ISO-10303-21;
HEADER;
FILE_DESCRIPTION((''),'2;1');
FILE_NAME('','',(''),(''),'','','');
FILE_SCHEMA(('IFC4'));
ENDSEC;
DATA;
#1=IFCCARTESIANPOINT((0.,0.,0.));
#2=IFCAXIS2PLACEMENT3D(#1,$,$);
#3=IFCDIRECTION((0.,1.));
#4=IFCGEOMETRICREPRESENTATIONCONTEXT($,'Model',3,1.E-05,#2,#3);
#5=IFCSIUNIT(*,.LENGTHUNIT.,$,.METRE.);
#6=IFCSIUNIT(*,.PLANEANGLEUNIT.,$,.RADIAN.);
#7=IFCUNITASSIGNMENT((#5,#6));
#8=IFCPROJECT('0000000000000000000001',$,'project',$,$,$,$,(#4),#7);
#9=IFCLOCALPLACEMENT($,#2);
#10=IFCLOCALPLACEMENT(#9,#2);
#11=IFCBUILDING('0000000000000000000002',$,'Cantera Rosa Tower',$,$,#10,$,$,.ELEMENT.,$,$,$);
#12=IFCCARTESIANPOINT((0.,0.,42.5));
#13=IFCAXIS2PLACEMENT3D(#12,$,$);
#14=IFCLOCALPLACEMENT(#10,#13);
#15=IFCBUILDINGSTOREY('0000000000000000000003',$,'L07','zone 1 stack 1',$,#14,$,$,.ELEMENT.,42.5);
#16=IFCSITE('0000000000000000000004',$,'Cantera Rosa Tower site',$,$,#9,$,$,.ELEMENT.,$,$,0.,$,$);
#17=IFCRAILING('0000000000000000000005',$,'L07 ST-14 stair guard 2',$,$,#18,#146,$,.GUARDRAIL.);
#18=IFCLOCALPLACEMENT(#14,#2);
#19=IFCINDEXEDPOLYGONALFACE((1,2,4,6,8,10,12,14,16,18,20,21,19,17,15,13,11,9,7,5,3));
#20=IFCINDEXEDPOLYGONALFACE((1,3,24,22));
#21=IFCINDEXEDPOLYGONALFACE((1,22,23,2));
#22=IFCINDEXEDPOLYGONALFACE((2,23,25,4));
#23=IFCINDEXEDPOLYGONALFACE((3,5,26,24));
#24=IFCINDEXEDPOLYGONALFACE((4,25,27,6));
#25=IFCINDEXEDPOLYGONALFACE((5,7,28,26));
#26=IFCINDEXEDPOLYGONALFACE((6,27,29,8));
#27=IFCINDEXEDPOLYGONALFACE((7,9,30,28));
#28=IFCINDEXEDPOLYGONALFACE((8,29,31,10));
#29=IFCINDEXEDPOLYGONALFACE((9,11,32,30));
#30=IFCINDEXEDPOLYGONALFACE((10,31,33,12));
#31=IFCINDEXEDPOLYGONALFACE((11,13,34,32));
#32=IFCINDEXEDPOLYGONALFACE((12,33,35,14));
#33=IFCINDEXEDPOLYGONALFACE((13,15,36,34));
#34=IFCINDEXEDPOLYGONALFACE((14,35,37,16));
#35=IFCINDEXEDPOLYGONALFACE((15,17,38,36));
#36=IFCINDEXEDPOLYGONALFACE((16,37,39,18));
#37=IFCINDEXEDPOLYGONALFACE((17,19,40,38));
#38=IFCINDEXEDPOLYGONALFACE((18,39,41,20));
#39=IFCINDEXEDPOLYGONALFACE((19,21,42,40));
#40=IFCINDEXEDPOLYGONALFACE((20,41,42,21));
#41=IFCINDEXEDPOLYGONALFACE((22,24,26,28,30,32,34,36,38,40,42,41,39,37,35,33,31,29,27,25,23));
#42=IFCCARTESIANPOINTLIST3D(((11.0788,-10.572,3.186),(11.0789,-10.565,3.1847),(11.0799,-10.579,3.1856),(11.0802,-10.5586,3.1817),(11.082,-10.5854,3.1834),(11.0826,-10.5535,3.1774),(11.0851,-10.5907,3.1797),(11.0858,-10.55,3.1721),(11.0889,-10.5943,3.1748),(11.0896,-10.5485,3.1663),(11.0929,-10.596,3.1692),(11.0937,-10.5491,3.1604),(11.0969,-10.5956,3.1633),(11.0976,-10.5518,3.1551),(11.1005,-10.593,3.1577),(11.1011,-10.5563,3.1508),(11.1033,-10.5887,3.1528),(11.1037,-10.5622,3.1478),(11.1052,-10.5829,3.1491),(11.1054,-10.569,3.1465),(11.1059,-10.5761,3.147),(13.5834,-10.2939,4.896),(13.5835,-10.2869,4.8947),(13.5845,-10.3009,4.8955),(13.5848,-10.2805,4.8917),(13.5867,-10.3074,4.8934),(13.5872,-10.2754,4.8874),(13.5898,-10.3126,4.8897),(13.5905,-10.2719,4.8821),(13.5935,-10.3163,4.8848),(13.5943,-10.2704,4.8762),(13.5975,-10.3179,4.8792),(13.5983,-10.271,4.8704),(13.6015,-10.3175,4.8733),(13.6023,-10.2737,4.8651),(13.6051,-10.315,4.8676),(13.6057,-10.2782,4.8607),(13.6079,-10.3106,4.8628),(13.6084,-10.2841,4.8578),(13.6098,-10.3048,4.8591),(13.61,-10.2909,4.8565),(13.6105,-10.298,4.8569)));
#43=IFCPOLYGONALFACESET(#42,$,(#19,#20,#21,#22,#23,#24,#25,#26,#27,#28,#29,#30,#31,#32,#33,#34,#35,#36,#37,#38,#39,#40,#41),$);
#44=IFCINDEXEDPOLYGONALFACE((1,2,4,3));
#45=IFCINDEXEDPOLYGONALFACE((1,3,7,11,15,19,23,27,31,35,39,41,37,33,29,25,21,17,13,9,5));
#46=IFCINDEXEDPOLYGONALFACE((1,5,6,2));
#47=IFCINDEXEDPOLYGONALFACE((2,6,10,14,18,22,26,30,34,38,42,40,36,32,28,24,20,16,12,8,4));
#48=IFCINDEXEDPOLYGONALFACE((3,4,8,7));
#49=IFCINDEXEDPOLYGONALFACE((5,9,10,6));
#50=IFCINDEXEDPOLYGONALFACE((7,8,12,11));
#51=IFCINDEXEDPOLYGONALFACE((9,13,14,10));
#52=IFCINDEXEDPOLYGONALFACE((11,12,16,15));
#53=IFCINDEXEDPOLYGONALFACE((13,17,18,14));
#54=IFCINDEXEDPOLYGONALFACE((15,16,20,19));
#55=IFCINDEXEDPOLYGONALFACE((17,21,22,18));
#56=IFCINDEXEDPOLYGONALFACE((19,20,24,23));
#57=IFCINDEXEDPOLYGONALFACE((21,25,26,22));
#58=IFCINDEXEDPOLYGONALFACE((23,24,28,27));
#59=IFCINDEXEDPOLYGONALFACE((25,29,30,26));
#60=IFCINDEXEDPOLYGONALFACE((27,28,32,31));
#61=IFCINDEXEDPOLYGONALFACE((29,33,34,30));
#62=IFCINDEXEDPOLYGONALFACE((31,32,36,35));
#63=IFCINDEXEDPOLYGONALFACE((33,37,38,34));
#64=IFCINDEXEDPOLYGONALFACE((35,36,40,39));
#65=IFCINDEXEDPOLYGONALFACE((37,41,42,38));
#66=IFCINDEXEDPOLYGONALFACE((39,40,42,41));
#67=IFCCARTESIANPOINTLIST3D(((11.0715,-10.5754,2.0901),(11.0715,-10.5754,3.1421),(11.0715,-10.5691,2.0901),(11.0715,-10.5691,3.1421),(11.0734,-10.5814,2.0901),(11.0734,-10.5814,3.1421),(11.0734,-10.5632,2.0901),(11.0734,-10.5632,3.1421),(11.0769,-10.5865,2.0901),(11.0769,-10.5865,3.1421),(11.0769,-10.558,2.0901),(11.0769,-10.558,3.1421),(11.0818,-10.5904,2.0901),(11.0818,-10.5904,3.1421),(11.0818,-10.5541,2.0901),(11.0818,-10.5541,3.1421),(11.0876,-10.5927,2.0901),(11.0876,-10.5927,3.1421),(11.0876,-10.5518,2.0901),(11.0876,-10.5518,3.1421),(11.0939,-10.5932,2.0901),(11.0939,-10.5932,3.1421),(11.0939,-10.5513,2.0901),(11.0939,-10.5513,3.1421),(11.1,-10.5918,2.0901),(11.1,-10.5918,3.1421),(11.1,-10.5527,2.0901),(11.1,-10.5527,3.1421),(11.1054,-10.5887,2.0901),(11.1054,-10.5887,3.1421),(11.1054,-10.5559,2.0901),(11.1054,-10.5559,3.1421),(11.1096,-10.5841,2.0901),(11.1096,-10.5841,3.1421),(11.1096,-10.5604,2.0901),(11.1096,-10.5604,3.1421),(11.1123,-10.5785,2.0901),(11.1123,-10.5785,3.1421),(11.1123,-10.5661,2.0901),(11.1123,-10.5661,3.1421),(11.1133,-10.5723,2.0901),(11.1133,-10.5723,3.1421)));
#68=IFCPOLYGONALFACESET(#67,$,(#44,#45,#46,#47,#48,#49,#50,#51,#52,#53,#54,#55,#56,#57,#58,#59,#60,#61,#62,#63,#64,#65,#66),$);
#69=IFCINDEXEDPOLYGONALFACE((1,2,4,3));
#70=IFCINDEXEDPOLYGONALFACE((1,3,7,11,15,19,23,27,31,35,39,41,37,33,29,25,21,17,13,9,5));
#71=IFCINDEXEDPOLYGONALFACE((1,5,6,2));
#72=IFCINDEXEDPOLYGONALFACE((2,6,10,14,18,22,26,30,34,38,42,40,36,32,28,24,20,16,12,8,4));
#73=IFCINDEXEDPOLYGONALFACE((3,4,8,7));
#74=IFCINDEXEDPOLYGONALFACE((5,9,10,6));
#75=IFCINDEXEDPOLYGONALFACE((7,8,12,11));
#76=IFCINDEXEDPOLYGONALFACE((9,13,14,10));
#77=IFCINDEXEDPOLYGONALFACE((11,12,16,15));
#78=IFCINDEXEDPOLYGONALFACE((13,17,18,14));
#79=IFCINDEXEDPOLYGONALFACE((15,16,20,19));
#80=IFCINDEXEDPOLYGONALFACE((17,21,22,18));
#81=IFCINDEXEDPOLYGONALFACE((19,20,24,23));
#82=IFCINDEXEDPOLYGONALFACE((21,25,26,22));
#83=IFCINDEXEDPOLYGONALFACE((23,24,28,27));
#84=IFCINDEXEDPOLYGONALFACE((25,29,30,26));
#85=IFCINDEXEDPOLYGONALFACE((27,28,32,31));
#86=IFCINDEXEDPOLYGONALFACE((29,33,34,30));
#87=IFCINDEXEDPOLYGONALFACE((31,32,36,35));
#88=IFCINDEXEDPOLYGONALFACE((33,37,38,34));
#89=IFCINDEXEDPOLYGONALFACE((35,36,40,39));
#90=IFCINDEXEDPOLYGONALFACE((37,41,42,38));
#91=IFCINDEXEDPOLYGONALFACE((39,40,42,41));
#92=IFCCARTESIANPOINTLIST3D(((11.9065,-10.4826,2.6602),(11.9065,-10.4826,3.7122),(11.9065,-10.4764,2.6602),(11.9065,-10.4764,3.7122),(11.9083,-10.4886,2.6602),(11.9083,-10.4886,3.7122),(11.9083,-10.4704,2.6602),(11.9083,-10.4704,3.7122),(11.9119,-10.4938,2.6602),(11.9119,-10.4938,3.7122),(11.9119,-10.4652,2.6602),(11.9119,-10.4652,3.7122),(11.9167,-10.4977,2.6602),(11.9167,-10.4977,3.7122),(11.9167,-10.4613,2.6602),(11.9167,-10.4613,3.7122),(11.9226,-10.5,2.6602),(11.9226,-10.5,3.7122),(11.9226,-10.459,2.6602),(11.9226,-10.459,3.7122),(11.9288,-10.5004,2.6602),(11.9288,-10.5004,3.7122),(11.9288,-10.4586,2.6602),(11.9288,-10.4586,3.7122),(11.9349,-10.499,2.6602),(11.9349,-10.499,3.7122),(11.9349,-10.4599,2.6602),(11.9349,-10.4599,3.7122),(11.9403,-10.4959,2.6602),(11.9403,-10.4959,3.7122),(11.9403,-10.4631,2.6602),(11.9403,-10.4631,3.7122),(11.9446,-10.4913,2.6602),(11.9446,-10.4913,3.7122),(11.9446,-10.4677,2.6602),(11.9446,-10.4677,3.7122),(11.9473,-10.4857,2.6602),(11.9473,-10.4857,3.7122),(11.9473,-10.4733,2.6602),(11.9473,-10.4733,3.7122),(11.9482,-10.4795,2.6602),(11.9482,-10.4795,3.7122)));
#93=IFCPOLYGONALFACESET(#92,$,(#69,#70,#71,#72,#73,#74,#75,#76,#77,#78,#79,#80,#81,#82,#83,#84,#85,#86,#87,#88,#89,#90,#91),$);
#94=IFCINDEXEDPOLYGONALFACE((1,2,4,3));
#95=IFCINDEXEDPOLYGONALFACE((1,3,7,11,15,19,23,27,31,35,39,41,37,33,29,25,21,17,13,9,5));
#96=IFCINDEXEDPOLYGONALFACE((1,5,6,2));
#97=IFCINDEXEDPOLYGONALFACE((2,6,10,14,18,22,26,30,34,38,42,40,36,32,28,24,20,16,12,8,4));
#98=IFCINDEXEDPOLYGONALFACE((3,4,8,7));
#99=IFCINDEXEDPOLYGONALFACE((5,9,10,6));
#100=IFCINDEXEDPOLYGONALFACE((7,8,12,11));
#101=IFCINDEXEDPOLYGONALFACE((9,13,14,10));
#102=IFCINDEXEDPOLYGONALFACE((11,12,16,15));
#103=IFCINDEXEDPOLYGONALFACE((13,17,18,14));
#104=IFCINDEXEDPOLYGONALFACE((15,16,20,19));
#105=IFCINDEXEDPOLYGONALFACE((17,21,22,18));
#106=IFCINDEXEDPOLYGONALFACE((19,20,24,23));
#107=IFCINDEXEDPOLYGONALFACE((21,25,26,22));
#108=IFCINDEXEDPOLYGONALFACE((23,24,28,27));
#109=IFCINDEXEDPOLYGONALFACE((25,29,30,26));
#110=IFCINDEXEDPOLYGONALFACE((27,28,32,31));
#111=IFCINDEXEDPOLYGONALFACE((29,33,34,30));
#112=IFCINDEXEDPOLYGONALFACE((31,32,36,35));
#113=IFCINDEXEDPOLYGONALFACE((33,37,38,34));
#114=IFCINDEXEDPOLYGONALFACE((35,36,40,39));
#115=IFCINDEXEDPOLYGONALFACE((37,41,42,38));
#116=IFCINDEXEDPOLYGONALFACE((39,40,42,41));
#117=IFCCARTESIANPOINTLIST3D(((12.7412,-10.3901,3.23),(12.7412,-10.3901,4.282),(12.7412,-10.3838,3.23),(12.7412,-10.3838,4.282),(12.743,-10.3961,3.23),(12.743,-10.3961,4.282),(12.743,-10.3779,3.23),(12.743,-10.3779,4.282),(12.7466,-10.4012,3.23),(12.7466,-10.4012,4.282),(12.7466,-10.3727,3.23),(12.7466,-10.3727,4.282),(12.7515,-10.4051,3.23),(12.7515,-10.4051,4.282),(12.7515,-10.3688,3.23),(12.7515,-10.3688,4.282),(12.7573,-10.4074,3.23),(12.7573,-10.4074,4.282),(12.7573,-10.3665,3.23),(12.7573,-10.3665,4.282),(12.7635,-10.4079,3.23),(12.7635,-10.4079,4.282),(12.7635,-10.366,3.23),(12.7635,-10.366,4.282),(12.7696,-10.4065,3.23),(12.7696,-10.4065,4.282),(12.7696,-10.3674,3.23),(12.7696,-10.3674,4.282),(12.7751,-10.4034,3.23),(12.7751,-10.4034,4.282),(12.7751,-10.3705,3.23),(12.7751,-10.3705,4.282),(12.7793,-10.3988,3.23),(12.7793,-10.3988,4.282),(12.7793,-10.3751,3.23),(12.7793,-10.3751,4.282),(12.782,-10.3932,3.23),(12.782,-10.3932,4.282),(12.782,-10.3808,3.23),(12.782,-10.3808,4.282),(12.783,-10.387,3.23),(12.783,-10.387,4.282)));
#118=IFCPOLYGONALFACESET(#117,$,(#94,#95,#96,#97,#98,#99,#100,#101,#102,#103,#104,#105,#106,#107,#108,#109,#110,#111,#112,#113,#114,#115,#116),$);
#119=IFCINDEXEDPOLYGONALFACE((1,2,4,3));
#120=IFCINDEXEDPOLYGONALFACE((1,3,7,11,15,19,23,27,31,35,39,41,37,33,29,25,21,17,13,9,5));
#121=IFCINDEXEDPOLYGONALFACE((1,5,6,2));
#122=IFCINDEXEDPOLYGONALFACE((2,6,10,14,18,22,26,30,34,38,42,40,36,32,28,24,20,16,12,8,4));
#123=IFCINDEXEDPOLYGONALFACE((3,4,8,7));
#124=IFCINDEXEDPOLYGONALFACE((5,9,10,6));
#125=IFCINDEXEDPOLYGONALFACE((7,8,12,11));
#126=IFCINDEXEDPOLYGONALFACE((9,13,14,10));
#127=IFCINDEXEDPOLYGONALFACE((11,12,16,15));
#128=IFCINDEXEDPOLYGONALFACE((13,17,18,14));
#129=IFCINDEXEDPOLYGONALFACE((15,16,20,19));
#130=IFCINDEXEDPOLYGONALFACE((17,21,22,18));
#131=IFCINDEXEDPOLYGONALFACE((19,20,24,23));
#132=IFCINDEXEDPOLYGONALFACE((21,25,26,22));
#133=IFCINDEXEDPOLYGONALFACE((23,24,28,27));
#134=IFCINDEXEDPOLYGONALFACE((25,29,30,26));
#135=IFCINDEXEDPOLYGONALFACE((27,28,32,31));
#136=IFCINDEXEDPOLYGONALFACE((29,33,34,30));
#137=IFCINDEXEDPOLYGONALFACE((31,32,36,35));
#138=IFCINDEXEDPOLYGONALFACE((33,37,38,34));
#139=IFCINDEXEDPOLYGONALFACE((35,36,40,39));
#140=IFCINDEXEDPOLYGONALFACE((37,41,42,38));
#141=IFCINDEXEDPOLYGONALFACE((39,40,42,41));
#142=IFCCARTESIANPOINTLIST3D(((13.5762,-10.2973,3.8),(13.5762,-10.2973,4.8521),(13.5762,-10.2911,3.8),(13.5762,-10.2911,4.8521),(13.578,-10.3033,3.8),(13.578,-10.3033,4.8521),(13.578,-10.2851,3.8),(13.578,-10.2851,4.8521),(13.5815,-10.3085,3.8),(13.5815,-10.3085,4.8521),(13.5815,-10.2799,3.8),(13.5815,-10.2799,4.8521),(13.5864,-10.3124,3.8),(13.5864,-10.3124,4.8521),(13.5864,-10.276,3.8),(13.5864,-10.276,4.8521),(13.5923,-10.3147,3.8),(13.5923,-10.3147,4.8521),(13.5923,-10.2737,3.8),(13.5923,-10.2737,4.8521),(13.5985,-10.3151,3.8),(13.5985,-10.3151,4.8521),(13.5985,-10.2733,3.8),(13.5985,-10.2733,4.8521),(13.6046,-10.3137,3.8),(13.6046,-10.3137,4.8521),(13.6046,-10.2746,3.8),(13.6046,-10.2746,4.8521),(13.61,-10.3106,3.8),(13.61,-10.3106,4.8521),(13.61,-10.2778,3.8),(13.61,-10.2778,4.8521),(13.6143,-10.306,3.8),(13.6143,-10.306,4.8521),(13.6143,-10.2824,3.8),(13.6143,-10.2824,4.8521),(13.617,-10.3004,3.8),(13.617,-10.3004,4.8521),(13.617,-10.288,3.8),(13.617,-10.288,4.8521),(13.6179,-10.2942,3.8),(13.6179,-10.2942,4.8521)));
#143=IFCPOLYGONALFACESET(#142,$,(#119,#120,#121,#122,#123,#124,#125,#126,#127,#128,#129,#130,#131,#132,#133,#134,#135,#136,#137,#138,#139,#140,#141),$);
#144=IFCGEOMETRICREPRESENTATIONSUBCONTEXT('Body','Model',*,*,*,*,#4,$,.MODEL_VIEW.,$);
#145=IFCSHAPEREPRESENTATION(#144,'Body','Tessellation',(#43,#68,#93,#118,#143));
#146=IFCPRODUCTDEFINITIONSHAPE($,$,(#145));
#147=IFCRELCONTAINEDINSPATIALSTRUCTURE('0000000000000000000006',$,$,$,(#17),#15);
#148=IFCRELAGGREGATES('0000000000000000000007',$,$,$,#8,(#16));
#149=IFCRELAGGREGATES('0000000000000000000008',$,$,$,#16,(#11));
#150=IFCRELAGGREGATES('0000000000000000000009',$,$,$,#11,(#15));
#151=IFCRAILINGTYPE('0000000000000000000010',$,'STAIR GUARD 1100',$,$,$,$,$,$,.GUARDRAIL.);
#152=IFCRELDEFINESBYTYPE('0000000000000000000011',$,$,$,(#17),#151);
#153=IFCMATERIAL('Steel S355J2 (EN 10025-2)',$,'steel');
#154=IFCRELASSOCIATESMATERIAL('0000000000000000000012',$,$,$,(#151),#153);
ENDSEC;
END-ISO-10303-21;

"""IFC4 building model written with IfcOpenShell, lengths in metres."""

from ifc_helpers import new_model, si_unit, direction, frame, origin, origin_2d, place, context, subcontext, project, spatial, circle, extrude, material, type_object, element, save


model = new_model("IFC4")

# Units and contexts
model_context = context("Model", 3, precision=1e-05, world=origin(), true_north=direction((0.0, 1.0)))
body_context = subcontext(model_context, "Body", "Model", "MODEL_VIEW")
ifc_project = project(units=[si_unit("LENGTHUNIT", "METRE"), si_unit("PLANEANGLEUNIT", "RADIAN")], contexts=[model_context])

# Site, building, storey
site_placement = place(None, origin())
site = spatial("IfcSite", under=ifc_project, at=site_placement, Name="Cantera Rosa Tower site", CompositionType="ELEMENT", RefElevation=0.0)
building_placement = place(site_placement, origin())
building = spatial("IfcBuilding", under=site, at=building_placement, Name="Cantera Rosa Tower", CompositionType="ELEMENT")
storey_placement = place(building_placement, frame((0.0, 0.0, 42.5)))
storey = spatial("IfcBuildingStorey", under=building, at=storey_placement, Name="L07", Description="zone 1 stack 1", CompositionType="ELEMENT", Elevation=42.5)

# Railing
ifc_material_1 = material(Name="Steel S355J2 (EN 10025-2)", Category="steel")
railing_type_1 = type_object("IfcRailingType", Name="STAIR GUARD 1100", PredefinedType="GUARDRAIL", material=ifc_material_1)
railing_1_placement = place(storey_placement, frame((11.0923, -10.5723, 2.0901)))
element("IfcRailing", 1, at=railing_1_placement, inside=storey, type_object=railing_type_1, Name="L07 ST-14 stair guard 2", PredefinedType="GUARDRAIL", context=body_context, shape_type="SweptSolid", body=[
    extrude(circle(Radius=0.0239, at=origin_2d()), frame((0.0, 0.0, 1.0762), z_axis=(0.822431, 0.09131, 0.561488), x_axis=(-0.110346, 0.993893, 0.0)), (0.0, 0.0, 1.0), 3.0454),
    extrude(circle(Radius=0.021, at=origin_2d()), origin(), (0.0, 0.0, 1.0), 1.052),
    extrude(circle(Radius=0.021, at=origin_2d()), frame((0.835, 0.0928, 0.5701)), (0.0, 0.0, 1.0), 1.052),
    extrude(circle(Radius=0.021, at=origin_2d()), frame((1.6697, 0.1853, 1.1399)), (0.0, 0.0, 1.0), 1.052),
    extrude(circle(Radius=0.021, at=origin_2d()), frame((2.5046, 0.2781, 1.71)), (0.0, 0.0, 1.0), 1.052),
])

save(model, "model.ifc")
